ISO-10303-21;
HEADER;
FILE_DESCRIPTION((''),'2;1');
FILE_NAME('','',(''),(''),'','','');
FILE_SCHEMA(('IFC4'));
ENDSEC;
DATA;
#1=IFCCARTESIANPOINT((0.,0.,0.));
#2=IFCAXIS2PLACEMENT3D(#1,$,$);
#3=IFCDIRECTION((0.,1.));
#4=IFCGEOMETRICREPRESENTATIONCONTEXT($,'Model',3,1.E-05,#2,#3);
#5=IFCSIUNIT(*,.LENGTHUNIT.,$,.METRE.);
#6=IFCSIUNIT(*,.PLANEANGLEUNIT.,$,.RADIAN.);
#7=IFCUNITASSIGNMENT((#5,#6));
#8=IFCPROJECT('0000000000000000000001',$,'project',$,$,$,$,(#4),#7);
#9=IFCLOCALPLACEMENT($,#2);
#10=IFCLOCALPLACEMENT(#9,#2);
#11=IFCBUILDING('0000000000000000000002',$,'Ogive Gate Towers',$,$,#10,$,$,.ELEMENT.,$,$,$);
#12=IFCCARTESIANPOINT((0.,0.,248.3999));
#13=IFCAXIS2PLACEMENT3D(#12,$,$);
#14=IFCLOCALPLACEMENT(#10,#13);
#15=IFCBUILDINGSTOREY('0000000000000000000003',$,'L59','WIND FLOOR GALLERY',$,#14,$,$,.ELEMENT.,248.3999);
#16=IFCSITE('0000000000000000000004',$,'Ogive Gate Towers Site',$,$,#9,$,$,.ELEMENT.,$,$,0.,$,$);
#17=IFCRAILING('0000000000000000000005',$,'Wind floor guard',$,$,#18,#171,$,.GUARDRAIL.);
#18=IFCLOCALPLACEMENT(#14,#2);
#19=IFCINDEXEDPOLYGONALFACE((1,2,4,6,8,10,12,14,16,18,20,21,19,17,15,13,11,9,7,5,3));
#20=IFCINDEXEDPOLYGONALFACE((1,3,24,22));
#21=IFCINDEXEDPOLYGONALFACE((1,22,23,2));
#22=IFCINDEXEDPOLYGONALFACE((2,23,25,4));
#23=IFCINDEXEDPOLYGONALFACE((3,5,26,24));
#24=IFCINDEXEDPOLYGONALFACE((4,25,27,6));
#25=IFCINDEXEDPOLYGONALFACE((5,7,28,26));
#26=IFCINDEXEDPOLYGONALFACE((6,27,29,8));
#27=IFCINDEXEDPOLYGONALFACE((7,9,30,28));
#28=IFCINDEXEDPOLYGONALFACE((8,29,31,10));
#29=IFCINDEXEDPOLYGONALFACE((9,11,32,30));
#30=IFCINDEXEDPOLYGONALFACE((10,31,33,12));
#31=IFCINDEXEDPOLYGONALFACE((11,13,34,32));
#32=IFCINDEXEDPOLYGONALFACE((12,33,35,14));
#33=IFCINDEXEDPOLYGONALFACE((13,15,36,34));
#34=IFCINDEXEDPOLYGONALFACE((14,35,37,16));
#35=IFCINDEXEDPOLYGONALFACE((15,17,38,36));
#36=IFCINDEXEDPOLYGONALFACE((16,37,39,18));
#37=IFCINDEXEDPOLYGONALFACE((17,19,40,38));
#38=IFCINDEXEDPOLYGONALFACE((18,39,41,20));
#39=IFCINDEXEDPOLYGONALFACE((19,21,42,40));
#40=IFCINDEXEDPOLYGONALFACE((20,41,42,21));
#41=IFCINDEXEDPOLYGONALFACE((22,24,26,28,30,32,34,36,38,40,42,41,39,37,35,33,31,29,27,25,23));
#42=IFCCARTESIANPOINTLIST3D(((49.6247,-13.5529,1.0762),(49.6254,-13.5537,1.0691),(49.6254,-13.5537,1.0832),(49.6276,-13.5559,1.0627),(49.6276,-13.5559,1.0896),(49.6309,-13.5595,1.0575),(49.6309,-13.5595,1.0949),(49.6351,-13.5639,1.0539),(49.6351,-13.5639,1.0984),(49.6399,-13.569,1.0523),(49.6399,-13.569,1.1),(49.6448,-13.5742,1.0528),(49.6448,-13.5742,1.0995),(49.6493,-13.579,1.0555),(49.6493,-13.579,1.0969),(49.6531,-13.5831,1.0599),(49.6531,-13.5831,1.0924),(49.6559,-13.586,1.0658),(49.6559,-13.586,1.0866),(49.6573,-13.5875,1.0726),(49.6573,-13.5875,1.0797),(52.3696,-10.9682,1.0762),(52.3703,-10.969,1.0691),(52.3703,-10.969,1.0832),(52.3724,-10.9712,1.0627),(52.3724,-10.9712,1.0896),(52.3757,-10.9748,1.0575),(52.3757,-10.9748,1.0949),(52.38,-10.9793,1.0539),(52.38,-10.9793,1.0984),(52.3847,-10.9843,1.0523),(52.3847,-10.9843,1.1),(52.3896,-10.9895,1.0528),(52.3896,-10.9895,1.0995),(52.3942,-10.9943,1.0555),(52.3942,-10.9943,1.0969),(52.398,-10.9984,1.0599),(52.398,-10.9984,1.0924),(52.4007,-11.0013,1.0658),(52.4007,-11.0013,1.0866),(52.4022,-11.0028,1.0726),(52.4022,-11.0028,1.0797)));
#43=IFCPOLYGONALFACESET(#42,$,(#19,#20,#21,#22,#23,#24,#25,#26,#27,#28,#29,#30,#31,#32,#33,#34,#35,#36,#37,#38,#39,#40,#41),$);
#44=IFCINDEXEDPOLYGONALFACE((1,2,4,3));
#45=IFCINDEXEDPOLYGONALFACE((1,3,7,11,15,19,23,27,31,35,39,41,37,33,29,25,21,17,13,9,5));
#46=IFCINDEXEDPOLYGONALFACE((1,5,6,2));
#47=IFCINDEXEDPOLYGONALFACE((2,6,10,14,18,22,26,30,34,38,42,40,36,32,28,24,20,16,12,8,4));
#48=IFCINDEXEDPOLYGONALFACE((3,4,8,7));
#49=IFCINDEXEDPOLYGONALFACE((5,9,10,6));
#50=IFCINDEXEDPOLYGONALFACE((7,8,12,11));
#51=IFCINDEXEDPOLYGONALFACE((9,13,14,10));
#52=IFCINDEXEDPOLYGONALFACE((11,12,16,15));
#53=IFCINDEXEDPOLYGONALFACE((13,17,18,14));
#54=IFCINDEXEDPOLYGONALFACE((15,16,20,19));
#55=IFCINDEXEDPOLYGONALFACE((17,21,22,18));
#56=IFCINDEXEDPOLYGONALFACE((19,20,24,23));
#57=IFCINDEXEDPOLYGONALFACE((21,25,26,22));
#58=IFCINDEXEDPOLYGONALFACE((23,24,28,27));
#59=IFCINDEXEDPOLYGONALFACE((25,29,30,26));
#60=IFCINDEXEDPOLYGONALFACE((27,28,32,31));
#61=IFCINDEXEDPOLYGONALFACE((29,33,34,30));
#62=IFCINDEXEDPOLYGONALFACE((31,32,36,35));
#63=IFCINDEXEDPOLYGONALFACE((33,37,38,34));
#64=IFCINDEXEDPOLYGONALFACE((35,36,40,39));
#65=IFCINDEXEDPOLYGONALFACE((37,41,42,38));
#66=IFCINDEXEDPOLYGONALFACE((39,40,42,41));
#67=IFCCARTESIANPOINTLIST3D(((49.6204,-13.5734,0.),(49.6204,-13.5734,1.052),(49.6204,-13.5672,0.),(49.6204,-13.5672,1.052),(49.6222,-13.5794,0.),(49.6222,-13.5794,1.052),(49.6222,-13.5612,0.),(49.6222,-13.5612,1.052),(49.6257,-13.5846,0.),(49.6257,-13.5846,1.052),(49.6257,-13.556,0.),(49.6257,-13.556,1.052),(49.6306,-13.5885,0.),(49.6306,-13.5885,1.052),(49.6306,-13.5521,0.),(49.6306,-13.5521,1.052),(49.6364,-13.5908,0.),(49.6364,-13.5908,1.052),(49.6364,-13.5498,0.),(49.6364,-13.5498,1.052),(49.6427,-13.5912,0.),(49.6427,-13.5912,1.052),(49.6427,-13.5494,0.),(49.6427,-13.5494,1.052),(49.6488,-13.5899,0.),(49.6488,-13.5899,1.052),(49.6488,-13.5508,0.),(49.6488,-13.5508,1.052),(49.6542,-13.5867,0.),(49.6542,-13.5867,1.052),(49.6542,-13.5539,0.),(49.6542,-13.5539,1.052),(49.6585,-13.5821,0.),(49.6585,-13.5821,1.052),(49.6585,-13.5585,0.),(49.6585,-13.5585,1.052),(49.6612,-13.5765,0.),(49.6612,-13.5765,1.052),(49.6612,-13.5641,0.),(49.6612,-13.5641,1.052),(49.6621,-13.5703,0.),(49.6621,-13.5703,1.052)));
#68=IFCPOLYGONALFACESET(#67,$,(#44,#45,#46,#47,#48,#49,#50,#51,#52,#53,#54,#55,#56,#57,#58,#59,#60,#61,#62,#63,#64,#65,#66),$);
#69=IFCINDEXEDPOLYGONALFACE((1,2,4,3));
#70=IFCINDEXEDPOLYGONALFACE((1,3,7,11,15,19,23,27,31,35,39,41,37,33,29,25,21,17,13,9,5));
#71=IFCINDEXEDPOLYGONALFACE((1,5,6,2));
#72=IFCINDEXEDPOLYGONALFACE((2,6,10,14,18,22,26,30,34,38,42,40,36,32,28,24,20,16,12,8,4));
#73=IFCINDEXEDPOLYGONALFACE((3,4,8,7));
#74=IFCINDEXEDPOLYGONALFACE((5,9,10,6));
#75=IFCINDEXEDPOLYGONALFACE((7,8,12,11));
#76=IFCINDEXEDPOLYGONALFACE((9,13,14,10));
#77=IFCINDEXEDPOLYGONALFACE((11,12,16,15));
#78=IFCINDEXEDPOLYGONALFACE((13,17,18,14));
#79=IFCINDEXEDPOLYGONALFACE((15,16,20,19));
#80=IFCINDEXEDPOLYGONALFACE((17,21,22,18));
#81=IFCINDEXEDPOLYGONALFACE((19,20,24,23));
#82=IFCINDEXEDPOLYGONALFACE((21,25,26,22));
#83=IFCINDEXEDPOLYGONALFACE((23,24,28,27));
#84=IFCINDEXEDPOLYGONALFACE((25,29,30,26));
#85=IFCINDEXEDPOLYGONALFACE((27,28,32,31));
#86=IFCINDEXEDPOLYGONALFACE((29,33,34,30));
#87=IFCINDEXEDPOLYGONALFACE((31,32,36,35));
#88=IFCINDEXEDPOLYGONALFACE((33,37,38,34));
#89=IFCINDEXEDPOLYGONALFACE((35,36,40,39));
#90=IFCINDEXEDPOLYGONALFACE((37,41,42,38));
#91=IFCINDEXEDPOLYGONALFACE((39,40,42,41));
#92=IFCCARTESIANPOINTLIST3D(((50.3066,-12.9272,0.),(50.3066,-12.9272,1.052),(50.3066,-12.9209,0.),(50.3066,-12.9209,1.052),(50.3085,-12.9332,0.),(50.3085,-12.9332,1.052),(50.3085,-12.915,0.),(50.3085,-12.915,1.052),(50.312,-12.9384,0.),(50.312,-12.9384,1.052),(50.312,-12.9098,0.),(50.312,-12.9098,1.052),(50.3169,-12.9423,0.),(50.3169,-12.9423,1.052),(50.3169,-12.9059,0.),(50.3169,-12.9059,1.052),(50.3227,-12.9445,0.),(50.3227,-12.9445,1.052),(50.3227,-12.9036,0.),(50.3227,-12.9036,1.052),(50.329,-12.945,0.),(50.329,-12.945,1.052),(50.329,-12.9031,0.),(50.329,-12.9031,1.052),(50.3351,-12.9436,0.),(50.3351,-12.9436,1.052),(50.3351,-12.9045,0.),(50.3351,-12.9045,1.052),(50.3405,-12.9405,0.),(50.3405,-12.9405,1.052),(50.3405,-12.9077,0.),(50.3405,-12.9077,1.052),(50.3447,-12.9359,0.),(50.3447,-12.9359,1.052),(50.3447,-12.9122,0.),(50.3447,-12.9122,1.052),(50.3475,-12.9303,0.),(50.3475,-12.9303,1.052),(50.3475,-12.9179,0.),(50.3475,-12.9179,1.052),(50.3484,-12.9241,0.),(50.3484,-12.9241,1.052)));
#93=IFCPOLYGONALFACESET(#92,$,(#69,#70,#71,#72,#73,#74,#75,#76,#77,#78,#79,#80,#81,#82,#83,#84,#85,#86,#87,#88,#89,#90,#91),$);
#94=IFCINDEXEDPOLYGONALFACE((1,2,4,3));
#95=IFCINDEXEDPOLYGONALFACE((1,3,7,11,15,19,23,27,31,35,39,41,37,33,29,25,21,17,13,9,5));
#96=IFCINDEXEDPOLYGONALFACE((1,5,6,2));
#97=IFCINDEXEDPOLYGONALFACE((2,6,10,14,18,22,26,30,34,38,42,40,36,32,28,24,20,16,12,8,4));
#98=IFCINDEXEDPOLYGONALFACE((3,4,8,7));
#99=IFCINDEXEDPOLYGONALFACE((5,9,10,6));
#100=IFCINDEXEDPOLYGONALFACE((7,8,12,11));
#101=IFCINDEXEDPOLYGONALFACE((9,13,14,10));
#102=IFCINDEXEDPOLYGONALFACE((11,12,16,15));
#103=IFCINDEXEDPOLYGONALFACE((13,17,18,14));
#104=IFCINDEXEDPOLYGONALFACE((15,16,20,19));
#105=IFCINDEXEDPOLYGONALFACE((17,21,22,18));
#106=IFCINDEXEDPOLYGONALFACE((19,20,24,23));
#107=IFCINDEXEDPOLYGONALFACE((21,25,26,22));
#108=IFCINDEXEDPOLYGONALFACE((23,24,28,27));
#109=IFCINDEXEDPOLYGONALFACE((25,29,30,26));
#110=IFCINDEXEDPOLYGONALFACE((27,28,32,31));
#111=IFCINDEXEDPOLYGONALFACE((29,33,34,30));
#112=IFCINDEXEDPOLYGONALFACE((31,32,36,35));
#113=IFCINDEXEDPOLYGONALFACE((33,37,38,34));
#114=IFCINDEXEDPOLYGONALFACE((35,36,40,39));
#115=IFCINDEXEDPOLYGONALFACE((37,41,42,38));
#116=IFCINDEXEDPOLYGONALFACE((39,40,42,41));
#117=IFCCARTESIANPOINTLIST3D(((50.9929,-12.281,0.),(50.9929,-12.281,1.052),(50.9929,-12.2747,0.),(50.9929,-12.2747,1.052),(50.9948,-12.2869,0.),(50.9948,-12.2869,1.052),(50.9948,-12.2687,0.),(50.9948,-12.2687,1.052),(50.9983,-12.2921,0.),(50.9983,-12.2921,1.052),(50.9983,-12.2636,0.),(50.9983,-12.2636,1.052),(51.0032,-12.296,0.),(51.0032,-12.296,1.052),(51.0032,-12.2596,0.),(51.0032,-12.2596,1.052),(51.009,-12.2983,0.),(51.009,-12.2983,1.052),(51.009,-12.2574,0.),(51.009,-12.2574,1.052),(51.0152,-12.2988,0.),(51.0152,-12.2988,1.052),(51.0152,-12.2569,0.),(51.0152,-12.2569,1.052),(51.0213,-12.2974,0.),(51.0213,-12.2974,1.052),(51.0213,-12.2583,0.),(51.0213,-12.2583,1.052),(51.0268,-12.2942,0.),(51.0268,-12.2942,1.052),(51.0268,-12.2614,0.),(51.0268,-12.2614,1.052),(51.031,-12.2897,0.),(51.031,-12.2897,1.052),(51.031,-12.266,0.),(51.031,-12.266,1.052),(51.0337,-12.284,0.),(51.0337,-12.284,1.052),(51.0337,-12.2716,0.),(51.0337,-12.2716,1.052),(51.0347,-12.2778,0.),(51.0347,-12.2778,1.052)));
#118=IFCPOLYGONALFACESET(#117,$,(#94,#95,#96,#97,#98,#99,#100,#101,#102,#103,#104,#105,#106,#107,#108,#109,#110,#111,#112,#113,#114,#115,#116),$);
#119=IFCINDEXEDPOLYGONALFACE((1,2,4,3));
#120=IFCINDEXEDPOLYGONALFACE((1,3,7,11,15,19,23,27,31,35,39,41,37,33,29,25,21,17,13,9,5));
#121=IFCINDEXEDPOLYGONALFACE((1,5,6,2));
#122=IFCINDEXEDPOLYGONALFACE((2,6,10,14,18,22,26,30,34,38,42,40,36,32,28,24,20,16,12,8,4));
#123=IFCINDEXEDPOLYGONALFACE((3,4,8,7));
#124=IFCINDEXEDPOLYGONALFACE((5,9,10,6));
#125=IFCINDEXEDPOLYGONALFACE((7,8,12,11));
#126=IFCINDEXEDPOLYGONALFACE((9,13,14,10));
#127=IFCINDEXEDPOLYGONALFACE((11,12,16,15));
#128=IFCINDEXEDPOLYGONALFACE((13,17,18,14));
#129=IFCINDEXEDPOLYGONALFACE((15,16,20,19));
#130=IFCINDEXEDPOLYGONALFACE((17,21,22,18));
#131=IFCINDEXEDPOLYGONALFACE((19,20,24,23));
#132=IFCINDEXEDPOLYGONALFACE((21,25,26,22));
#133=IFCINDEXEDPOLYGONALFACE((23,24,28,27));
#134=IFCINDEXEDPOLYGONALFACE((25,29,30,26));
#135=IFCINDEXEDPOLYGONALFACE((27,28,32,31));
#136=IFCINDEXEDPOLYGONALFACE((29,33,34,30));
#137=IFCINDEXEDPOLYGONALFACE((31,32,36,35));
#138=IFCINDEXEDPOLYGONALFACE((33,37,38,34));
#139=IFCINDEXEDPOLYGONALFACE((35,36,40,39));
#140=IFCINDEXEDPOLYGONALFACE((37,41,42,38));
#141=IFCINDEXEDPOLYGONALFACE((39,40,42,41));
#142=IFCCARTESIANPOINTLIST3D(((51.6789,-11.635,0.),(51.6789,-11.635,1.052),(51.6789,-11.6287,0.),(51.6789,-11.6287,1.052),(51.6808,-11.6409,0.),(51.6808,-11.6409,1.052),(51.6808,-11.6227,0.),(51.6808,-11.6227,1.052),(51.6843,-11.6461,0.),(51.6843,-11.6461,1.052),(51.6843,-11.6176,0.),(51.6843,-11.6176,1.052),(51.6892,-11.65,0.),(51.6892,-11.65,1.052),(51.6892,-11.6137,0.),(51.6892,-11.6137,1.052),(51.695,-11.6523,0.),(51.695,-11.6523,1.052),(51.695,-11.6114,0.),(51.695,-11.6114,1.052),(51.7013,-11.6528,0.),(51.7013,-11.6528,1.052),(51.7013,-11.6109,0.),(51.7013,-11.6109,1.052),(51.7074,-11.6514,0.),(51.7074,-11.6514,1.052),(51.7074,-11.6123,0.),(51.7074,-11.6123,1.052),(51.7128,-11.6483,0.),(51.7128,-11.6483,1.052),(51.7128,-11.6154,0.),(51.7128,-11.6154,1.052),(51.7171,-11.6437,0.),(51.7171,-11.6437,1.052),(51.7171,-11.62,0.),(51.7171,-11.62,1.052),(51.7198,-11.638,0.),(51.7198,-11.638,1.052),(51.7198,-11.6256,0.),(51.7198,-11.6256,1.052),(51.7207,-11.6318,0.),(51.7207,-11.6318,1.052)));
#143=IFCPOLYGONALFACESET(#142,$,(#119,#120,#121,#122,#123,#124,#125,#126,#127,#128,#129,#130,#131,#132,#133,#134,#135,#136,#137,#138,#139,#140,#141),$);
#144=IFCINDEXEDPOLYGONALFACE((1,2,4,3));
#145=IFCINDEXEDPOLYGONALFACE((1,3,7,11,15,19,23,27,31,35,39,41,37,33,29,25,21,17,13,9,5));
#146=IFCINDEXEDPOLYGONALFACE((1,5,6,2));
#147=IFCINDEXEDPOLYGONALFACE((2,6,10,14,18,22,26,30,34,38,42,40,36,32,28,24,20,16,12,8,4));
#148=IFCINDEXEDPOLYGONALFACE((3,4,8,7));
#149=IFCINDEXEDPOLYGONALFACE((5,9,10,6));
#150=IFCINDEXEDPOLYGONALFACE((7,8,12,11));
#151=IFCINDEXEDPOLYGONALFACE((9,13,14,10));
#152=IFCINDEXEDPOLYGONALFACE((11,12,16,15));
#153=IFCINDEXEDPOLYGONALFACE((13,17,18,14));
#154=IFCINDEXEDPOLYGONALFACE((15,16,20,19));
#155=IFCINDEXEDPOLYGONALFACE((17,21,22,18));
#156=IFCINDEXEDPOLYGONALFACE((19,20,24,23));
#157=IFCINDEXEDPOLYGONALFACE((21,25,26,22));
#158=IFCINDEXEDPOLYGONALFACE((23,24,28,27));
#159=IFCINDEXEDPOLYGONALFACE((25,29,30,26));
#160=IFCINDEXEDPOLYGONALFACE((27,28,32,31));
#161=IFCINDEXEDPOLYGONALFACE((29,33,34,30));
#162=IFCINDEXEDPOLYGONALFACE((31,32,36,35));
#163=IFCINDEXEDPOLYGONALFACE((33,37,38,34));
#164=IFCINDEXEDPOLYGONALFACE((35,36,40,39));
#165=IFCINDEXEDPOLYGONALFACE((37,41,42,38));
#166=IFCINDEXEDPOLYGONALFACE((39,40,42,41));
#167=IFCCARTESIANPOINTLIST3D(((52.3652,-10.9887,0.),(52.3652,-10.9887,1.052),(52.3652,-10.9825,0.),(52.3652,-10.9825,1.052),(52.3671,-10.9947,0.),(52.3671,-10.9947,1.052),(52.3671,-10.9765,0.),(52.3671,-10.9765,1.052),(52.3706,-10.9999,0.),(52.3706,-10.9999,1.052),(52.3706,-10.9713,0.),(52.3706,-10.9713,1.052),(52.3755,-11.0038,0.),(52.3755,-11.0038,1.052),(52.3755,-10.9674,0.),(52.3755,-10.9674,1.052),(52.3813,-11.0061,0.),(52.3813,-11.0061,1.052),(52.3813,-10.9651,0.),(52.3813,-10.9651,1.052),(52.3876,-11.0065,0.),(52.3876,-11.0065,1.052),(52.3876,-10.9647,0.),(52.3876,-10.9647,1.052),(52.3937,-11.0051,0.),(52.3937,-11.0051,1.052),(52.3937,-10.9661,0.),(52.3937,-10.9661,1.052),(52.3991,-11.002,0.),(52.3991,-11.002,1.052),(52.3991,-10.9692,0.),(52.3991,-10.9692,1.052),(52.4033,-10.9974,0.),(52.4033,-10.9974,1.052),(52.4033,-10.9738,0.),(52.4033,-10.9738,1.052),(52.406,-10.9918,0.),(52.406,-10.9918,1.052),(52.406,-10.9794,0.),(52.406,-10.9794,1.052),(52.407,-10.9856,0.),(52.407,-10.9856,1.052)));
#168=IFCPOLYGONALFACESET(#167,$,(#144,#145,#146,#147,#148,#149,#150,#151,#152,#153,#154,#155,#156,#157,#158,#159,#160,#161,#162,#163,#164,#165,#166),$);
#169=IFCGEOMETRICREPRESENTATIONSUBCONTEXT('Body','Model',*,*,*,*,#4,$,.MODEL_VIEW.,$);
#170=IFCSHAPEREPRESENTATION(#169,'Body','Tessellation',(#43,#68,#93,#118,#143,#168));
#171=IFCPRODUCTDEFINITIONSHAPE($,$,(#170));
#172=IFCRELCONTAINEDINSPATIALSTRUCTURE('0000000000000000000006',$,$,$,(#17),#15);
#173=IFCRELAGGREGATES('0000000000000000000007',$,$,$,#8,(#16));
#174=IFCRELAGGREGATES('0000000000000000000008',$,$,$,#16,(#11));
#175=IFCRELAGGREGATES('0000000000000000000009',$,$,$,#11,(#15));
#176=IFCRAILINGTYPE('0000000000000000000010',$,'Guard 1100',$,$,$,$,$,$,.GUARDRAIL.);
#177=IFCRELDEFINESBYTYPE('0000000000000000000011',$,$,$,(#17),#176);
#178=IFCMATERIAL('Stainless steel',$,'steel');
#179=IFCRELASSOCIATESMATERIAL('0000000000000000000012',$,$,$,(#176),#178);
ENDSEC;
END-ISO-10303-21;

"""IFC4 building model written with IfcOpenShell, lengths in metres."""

from ifc_helpers import new_model, si_unit, direction, frame, origin, origin_2d, place, context, subcontext, project, spatial, circle, extrude, material, type_object, element, save


model = new_model("IFC4")

# Units and contexts
model_context = context("Model", 3, precision=1e-05, world=origin(), true_north=direction((0.0, 1.0)))
body_context = subcontext(model_context, "Body", "Model", "MODEL_VIEW")
ifc_project = project(units=[si_unit("LENGTHUNIT", "METRE"), si_unit("PLANEANGLEUNIT", "RADIAN")], contexts=[model_context])

# Site, building, storey
site_placement = place(None, origin())
site = spatial("IfcSite", under=ifc_project, at=site_placement, Name="Ogive Gate Towers Site", CompositionType="ELEMENT", RefElevation=0.0)
building_placement = place(site_placement, origin())
building = spatial("IfcBuilding", under=site, at=building_placement, Name="Ogive Gate Towers", CompositionType="ELEMENT")
storey_placement = place(building_placement, frame((0.0, 0.0, 248.3999)))
storey = spatial("IfcBuildingStorey", under=building, at=storey_placement, Name="L59", Description="WIND FLOOR GALLERY", CompositionType="ELEMENT", Elevation=248.3999)

# Railing
ifc_material_1 = material(Name="Stainless steel", Category="steel")
railing_type_1 = type_object("IfcRailingType", Name="Guard 1100", PredefinedType="GUARDRAIL", material=ifc_material_1)
railing_1_placement = place(storey_placement, frame((49.6411, -13.5703, 0.0)))
element("IfcRailing", 1, at=railing_1_placement, inside=storey, type_object=railing_type_1, Name="Wind floor guard", PredefinedType="GUARDRAIL", context=body_context, shape_type="SweptSolid", body=[
    extrude(circle(Radius=0.0239, at=origin_2d()), frame((0.0, 0.0, 1.0762), z_axis=(0.728027, 0.685548, 0.0), x_axis=(-0.685548, 0.728027, 0.0)), (0.0, 0.0, 1.0), 3.7703),
    extrude(circle(Radius=0.021, at=origin_2d()), origin(), (0.0, 0.0, 1.0), 1.052),
    extrude(circle(Radius=0.021, at=origin_2d()), frame((0.6863, 0.6462, 0.0)), (0.0, 0.0, 1.0), 1.052),
    extrude(circle(Radius=0.021, at=origin_2d()), frame((1.3726, 1.2925, 0.0)), (0.0, 0.0, 1.0), 1.052),
    extrude(circle(Radius=0.021, at=origin_2d()), frame((2.0586, 1.9385, 0.0)), (0.0, 0.0, 1.0), 1.052),
    extrude(circle(Radius=0.021, at=origin_2d()), frame((2.7449, 2.5847, 0.0)), (0.0, 0.0, 1.0), 1.052),
])

save(model, "model.ifc")
